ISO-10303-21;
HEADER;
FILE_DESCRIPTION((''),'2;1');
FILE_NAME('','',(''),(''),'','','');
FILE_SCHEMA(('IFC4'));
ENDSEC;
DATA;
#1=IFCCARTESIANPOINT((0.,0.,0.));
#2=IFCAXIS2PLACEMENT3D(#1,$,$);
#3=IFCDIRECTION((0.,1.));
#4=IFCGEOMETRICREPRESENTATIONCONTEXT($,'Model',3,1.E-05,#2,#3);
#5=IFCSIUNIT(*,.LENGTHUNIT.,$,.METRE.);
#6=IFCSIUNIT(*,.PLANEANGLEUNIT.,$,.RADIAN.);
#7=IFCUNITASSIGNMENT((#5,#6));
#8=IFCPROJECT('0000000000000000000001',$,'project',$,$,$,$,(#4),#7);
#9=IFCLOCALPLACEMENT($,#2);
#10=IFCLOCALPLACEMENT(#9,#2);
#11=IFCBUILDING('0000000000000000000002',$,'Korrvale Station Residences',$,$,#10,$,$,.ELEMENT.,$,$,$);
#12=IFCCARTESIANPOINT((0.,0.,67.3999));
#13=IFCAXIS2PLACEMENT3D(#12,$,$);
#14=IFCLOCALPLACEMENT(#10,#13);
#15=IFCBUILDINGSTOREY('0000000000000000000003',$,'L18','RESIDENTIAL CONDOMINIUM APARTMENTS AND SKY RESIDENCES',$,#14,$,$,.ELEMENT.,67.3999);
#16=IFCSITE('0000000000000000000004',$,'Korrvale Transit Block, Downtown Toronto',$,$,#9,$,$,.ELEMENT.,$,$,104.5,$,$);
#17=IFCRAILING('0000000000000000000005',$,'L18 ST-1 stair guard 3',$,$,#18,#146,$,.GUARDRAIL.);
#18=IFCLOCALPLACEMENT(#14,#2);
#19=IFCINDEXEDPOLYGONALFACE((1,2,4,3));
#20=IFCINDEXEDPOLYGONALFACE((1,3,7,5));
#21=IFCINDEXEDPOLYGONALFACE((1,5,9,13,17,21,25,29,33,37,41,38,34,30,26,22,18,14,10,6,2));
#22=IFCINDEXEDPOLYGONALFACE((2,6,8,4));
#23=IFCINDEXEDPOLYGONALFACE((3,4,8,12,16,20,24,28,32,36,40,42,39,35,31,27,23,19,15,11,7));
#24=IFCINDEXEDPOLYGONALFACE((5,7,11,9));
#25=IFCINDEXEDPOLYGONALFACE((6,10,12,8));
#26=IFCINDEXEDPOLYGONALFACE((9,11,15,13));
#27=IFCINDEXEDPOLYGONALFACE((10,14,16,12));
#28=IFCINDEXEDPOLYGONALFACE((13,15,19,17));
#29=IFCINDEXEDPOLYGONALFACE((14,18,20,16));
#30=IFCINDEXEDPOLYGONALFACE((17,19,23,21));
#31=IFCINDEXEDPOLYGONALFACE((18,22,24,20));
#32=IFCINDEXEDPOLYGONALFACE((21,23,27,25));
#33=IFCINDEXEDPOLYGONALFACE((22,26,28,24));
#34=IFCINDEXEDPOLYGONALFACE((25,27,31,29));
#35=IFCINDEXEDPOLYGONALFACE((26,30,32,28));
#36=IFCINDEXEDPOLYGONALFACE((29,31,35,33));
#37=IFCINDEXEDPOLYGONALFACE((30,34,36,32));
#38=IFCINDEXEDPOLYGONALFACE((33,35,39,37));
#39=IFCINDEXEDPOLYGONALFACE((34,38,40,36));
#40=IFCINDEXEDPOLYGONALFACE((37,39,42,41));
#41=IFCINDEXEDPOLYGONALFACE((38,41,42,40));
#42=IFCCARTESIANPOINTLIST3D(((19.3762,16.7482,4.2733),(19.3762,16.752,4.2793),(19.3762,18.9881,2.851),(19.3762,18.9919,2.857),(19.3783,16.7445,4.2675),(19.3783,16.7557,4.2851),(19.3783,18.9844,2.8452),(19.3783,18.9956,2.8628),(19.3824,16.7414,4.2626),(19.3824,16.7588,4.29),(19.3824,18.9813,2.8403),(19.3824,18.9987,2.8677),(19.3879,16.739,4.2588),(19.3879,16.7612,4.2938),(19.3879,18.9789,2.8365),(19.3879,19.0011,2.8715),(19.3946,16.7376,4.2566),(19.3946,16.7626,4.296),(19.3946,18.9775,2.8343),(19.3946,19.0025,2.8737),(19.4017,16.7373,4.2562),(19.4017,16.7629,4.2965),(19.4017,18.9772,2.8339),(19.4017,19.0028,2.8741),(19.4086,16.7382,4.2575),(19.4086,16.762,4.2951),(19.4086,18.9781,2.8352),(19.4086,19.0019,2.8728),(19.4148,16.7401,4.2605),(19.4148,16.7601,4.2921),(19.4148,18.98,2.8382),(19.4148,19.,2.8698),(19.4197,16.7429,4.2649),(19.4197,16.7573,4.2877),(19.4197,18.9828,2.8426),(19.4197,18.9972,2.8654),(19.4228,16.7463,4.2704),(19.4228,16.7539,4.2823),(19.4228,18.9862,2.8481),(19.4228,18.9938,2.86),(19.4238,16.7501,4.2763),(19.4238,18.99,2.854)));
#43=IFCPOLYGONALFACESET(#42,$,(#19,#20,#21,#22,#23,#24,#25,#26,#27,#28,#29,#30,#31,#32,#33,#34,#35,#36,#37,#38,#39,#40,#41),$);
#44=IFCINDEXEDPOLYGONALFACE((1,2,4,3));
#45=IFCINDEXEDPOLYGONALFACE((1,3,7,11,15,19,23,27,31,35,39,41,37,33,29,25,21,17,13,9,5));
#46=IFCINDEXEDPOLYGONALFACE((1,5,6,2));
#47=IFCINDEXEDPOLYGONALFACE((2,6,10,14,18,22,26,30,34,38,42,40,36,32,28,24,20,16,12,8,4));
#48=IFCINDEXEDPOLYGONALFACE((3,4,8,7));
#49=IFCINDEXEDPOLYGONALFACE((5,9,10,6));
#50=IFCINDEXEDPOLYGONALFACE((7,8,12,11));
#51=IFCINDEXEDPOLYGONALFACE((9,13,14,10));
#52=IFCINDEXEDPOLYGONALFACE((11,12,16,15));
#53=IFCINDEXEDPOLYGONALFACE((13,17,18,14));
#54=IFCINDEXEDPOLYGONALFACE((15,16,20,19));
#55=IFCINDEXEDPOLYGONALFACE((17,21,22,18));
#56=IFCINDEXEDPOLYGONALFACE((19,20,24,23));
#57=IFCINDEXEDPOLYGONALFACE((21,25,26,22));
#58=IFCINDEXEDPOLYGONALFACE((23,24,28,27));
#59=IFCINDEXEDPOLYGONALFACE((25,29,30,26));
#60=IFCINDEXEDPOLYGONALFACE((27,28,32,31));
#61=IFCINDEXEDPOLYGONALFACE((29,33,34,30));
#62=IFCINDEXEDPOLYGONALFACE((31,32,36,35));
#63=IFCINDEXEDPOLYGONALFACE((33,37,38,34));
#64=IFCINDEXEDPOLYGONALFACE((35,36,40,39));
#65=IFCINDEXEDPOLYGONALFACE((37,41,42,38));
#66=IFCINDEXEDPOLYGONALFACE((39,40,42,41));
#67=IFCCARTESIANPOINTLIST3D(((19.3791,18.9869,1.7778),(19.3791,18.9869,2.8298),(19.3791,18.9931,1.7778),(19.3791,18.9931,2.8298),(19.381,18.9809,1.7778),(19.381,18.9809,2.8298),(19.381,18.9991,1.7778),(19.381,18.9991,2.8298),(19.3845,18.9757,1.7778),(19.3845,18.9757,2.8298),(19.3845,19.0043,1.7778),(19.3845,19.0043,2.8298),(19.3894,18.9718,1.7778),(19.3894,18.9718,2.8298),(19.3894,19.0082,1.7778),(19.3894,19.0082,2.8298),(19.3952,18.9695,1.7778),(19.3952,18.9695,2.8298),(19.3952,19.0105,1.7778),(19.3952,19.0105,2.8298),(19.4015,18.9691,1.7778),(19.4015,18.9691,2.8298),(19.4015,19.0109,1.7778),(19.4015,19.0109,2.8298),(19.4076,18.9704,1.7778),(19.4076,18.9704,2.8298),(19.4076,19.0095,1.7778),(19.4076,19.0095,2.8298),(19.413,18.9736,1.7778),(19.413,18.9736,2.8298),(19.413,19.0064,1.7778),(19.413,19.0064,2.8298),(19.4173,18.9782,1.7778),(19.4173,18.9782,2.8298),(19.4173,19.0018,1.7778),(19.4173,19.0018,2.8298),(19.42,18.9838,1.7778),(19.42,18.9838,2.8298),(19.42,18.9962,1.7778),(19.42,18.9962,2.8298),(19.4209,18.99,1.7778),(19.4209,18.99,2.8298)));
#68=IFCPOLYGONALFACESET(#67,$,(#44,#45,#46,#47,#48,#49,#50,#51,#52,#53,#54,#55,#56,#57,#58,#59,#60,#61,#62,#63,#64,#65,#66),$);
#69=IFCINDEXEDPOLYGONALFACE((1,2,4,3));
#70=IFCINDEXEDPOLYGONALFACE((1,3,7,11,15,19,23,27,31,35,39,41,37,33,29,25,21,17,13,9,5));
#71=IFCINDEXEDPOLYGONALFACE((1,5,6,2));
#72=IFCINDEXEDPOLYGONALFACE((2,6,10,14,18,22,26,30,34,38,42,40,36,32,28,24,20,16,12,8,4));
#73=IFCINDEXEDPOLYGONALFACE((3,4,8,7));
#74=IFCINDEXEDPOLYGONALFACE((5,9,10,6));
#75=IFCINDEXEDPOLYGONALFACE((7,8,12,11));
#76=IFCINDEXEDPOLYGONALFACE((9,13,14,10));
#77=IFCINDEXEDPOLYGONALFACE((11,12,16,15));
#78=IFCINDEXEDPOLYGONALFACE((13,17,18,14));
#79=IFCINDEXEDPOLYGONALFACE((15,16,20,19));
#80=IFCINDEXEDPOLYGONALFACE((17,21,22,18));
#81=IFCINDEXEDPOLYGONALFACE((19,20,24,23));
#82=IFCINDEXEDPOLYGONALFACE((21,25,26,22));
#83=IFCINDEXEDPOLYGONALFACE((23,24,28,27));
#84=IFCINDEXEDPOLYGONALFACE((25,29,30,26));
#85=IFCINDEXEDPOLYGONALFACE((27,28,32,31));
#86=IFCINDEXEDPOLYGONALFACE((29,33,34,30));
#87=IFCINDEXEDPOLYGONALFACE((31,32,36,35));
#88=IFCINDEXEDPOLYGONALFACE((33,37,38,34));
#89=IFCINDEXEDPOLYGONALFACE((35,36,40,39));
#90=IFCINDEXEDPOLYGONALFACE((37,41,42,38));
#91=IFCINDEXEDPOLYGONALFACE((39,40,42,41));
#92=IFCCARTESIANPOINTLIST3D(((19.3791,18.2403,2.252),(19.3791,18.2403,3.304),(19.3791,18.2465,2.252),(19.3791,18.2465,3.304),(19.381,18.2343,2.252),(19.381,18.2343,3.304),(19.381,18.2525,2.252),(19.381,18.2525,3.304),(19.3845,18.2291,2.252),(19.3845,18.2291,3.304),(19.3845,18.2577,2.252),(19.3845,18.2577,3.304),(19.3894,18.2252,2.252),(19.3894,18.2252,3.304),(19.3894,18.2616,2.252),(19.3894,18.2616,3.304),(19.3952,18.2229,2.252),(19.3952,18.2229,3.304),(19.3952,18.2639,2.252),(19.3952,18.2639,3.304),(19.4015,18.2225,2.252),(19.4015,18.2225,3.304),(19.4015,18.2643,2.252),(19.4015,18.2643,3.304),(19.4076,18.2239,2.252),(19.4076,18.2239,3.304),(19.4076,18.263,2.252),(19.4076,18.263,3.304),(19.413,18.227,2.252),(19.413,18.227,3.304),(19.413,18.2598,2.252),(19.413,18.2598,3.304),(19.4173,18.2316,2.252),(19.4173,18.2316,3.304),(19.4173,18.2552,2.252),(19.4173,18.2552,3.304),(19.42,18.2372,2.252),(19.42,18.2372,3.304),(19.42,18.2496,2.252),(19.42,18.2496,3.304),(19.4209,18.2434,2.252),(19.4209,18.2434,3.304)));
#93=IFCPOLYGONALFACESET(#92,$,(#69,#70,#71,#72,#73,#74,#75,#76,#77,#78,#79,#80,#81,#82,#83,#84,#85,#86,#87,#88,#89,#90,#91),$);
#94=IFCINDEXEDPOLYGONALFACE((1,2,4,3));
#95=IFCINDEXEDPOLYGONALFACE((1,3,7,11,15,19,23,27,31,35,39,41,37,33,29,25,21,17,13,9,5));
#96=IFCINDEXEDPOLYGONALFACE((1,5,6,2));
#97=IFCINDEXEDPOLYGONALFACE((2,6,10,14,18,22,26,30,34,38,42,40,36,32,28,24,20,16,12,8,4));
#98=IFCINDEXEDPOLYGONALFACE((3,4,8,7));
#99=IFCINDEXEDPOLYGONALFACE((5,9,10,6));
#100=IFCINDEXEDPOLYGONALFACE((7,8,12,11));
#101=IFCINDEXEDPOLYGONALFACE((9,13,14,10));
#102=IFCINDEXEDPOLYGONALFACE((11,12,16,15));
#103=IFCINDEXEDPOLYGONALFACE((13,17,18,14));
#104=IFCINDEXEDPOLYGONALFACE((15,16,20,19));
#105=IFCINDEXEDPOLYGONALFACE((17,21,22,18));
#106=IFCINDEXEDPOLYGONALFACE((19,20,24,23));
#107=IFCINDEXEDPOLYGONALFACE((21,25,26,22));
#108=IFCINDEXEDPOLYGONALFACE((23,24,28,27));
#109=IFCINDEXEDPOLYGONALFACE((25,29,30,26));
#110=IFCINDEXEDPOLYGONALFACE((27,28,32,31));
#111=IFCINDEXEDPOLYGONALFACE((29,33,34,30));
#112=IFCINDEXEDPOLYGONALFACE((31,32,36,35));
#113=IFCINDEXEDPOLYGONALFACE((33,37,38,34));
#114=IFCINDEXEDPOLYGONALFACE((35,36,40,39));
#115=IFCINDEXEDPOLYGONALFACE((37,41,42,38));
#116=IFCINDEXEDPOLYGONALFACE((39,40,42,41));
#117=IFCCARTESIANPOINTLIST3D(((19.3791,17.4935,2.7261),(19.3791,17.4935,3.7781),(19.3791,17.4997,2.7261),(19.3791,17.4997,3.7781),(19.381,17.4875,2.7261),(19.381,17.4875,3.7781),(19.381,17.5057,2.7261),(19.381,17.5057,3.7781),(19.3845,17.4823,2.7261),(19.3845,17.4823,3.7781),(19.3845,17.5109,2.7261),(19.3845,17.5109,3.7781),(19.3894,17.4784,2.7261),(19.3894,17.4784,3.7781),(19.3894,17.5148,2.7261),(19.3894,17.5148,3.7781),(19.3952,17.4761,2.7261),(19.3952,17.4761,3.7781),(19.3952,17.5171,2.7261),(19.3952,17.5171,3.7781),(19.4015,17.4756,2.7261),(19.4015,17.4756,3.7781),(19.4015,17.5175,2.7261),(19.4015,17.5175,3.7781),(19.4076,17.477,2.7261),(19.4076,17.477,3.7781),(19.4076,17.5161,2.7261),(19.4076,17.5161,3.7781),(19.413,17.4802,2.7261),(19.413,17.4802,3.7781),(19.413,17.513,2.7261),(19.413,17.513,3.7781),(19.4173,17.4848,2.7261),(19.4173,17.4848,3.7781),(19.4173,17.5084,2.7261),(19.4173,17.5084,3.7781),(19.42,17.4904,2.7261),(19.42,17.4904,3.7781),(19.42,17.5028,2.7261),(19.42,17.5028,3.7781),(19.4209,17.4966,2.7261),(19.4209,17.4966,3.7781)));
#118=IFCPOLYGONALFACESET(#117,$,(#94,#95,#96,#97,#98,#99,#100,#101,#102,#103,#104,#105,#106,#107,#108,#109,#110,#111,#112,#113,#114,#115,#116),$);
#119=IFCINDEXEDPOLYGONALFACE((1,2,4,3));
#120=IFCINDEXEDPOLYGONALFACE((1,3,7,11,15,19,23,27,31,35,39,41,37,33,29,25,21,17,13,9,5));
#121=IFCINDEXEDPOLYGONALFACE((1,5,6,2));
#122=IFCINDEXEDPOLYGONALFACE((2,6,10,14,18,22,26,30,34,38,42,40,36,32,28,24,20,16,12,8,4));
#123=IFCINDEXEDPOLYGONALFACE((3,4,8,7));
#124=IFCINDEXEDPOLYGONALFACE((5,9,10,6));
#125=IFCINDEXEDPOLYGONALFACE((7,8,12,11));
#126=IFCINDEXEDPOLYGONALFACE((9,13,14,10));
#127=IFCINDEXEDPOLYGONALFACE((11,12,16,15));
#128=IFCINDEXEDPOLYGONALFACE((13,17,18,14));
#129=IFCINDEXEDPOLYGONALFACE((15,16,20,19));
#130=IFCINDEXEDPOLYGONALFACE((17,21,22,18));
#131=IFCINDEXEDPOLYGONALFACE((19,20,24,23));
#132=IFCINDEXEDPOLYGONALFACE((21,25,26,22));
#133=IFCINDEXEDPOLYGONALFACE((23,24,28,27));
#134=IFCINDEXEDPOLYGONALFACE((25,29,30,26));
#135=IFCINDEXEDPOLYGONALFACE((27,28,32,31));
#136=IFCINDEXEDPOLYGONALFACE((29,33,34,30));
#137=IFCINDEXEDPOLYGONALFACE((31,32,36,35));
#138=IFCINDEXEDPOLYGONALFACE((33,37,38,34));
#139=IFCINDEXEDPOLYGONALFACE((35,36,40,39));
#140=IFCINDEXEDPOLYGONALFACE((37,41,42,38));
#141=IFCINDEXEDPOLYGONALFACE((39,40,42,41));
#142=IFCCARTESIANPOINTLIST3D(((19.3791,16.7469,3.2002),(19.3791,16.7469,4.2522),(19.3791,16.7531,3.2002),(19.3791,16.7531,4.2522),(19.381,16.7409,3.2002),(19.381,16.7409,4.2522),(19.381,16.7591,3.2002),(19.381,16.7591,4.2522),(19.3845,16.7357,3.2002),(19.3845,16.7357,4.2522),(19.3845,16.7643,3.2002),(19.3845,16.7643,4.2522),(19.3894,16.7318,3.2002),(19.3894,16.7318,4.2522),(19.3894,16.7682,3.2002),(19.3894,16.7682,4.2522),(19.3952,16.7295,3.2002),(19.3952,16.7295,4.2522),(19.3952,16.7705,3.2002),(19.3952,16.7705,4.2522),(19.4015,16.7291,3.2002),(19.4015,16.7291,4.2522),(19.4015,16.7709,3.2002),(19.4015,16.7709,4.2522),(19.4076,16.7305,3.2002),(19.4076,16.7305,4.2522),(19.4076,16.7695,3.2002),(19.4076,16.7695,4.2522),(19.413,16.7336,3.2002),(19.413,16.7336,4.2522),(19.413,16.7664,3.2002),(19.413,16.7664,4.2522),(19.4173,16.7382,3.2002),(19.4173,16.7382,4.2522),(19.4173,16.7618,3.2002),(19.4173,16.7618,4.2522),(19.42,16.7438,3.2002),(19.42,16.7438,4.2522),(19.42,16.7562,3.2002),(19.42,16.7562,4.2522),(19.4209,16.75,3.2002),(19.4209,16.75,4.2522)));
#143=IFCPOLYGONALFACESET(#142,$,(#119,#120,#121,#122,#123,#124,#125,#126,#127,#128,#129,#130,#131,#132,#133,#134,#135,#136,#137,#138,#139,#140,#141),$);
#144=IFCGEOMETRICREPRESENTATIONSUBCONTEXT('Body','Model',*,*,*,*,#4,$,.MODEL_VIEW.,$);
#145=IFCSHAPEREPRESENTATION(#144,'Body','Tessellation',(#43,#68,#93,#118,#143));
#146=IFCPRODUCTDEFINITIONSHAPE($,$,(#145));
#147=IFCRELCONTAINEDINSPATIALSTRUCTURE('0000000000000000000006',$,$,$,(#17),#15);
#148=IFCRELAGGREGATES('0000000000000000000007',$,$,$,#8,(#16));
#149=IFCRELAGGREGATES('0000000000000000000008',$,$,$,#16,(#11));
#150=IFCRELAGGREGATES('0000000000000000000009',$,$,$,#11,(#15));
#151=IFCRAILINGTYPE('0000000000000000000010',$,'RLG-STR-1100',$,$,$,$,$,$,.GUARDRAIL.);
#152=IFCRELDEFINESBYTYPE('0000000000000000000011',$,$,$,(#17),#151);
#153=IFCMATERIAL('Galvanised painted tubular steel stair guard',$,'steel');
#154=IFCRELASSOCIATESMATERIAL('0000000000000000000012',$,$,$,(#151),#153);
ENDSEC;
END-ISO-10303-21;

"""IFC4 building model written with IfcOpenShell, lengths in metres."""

from ifc_helpers import new_model, si_unit, direction, frame, origin, origin_2d, place, context, subcontext, project, spatial, circle, extrude, material, type_object, element, save


model = new_model("IFC4")

# Units and contexts
model_context = context("Model", 3, precision=1e-05, world=origin(), true_north=direction((0.0, 1.0)))
body_context = subcontext(model_context, "Body", "Model", "MODEL_VIEW")
ifc_project = project(units=[si_unit("LENGTHUNIT", "METRE"), si_unit("PLANEANGLEUNIT", "RADIAN")], contexts=[model_context])

# Site, building, storey
site_placement = place(None, origin())
site = spatial("IfcSite", under=ifc_project, at=site_placement, Name="Korrvale Transit Block, Downtown Toronto", CompositionType="ELEMENT", RefElevation=104.5)
building_placement = place(site_placement, origin())
building = spatial("IfcBuilding", under=site, at=building_placement, Name="Korrvale Station Residences", CompositionType="ELEMENT")
storey_placement = place(building_placement, frame((0.0, 0.0, 67.3999)))
storey = spatial("IfcBuildingStorey", under=building, at=storey_placement, Name="L18", Description="RESIDENTIAL CONDOMINIUM APARTMENTS AND SKY RESIDENCES", CompositionType="ELEMENT", Elevation=67.3999)

# Railing
ifc_material_1 = material(Name="Galvanised painted tubular steel stair guard", Category="steel")
railing_type_1 = type_object("IfcRailingType", Name="RLG-STR-1100", PredefinedType="GUARDRAIL", material=ifc_material_1)
railing_1_placement = place(storey_placement, frame((19.3999, 18.99, 1.7778)))
element("IfcRailing", 1, at=railing_1_placement, inside=storey, type_object=railing_type_1, Name="L18 ST-1 stair guard 3", PredefinedType="GUARDRAIL", context=body_context, shape_type="SweptSolid", body=[
    extrude(circle(Radius=0.0239, at=origin_2d()), frame((0.0, 0.0, 1.0762), z_axis=(0.0, -0.844188, 0.536048), x_axis=(1.0, 0.0, 0.0)), (0.0, 0.0, 1.0), 2.6533),
    extrude(circle(Radius=0.021, at=origin_2d()), origin(), (0.0, 0.0, 1.0), 1.052),
    extrude(circle(Radius=0.021, at=origin_2d()), frame((0.0, -0.7466, 0.4741)), (0.0, 0.0, 1.0), 1.052),
    extrude(circle(Radius=0.021, at=origin_2d()), frame((0.0, -1.4934, 0.9482)), (0.0, 0.0, 1.0), 1.052),
    extrude(circle(Radius=0.021, at=origin_2d()), frame((0.0, -2.24, 1.4224)), (0.0, 0.0, 1.0), 1.052),
])

save(model, "model.ifc")
